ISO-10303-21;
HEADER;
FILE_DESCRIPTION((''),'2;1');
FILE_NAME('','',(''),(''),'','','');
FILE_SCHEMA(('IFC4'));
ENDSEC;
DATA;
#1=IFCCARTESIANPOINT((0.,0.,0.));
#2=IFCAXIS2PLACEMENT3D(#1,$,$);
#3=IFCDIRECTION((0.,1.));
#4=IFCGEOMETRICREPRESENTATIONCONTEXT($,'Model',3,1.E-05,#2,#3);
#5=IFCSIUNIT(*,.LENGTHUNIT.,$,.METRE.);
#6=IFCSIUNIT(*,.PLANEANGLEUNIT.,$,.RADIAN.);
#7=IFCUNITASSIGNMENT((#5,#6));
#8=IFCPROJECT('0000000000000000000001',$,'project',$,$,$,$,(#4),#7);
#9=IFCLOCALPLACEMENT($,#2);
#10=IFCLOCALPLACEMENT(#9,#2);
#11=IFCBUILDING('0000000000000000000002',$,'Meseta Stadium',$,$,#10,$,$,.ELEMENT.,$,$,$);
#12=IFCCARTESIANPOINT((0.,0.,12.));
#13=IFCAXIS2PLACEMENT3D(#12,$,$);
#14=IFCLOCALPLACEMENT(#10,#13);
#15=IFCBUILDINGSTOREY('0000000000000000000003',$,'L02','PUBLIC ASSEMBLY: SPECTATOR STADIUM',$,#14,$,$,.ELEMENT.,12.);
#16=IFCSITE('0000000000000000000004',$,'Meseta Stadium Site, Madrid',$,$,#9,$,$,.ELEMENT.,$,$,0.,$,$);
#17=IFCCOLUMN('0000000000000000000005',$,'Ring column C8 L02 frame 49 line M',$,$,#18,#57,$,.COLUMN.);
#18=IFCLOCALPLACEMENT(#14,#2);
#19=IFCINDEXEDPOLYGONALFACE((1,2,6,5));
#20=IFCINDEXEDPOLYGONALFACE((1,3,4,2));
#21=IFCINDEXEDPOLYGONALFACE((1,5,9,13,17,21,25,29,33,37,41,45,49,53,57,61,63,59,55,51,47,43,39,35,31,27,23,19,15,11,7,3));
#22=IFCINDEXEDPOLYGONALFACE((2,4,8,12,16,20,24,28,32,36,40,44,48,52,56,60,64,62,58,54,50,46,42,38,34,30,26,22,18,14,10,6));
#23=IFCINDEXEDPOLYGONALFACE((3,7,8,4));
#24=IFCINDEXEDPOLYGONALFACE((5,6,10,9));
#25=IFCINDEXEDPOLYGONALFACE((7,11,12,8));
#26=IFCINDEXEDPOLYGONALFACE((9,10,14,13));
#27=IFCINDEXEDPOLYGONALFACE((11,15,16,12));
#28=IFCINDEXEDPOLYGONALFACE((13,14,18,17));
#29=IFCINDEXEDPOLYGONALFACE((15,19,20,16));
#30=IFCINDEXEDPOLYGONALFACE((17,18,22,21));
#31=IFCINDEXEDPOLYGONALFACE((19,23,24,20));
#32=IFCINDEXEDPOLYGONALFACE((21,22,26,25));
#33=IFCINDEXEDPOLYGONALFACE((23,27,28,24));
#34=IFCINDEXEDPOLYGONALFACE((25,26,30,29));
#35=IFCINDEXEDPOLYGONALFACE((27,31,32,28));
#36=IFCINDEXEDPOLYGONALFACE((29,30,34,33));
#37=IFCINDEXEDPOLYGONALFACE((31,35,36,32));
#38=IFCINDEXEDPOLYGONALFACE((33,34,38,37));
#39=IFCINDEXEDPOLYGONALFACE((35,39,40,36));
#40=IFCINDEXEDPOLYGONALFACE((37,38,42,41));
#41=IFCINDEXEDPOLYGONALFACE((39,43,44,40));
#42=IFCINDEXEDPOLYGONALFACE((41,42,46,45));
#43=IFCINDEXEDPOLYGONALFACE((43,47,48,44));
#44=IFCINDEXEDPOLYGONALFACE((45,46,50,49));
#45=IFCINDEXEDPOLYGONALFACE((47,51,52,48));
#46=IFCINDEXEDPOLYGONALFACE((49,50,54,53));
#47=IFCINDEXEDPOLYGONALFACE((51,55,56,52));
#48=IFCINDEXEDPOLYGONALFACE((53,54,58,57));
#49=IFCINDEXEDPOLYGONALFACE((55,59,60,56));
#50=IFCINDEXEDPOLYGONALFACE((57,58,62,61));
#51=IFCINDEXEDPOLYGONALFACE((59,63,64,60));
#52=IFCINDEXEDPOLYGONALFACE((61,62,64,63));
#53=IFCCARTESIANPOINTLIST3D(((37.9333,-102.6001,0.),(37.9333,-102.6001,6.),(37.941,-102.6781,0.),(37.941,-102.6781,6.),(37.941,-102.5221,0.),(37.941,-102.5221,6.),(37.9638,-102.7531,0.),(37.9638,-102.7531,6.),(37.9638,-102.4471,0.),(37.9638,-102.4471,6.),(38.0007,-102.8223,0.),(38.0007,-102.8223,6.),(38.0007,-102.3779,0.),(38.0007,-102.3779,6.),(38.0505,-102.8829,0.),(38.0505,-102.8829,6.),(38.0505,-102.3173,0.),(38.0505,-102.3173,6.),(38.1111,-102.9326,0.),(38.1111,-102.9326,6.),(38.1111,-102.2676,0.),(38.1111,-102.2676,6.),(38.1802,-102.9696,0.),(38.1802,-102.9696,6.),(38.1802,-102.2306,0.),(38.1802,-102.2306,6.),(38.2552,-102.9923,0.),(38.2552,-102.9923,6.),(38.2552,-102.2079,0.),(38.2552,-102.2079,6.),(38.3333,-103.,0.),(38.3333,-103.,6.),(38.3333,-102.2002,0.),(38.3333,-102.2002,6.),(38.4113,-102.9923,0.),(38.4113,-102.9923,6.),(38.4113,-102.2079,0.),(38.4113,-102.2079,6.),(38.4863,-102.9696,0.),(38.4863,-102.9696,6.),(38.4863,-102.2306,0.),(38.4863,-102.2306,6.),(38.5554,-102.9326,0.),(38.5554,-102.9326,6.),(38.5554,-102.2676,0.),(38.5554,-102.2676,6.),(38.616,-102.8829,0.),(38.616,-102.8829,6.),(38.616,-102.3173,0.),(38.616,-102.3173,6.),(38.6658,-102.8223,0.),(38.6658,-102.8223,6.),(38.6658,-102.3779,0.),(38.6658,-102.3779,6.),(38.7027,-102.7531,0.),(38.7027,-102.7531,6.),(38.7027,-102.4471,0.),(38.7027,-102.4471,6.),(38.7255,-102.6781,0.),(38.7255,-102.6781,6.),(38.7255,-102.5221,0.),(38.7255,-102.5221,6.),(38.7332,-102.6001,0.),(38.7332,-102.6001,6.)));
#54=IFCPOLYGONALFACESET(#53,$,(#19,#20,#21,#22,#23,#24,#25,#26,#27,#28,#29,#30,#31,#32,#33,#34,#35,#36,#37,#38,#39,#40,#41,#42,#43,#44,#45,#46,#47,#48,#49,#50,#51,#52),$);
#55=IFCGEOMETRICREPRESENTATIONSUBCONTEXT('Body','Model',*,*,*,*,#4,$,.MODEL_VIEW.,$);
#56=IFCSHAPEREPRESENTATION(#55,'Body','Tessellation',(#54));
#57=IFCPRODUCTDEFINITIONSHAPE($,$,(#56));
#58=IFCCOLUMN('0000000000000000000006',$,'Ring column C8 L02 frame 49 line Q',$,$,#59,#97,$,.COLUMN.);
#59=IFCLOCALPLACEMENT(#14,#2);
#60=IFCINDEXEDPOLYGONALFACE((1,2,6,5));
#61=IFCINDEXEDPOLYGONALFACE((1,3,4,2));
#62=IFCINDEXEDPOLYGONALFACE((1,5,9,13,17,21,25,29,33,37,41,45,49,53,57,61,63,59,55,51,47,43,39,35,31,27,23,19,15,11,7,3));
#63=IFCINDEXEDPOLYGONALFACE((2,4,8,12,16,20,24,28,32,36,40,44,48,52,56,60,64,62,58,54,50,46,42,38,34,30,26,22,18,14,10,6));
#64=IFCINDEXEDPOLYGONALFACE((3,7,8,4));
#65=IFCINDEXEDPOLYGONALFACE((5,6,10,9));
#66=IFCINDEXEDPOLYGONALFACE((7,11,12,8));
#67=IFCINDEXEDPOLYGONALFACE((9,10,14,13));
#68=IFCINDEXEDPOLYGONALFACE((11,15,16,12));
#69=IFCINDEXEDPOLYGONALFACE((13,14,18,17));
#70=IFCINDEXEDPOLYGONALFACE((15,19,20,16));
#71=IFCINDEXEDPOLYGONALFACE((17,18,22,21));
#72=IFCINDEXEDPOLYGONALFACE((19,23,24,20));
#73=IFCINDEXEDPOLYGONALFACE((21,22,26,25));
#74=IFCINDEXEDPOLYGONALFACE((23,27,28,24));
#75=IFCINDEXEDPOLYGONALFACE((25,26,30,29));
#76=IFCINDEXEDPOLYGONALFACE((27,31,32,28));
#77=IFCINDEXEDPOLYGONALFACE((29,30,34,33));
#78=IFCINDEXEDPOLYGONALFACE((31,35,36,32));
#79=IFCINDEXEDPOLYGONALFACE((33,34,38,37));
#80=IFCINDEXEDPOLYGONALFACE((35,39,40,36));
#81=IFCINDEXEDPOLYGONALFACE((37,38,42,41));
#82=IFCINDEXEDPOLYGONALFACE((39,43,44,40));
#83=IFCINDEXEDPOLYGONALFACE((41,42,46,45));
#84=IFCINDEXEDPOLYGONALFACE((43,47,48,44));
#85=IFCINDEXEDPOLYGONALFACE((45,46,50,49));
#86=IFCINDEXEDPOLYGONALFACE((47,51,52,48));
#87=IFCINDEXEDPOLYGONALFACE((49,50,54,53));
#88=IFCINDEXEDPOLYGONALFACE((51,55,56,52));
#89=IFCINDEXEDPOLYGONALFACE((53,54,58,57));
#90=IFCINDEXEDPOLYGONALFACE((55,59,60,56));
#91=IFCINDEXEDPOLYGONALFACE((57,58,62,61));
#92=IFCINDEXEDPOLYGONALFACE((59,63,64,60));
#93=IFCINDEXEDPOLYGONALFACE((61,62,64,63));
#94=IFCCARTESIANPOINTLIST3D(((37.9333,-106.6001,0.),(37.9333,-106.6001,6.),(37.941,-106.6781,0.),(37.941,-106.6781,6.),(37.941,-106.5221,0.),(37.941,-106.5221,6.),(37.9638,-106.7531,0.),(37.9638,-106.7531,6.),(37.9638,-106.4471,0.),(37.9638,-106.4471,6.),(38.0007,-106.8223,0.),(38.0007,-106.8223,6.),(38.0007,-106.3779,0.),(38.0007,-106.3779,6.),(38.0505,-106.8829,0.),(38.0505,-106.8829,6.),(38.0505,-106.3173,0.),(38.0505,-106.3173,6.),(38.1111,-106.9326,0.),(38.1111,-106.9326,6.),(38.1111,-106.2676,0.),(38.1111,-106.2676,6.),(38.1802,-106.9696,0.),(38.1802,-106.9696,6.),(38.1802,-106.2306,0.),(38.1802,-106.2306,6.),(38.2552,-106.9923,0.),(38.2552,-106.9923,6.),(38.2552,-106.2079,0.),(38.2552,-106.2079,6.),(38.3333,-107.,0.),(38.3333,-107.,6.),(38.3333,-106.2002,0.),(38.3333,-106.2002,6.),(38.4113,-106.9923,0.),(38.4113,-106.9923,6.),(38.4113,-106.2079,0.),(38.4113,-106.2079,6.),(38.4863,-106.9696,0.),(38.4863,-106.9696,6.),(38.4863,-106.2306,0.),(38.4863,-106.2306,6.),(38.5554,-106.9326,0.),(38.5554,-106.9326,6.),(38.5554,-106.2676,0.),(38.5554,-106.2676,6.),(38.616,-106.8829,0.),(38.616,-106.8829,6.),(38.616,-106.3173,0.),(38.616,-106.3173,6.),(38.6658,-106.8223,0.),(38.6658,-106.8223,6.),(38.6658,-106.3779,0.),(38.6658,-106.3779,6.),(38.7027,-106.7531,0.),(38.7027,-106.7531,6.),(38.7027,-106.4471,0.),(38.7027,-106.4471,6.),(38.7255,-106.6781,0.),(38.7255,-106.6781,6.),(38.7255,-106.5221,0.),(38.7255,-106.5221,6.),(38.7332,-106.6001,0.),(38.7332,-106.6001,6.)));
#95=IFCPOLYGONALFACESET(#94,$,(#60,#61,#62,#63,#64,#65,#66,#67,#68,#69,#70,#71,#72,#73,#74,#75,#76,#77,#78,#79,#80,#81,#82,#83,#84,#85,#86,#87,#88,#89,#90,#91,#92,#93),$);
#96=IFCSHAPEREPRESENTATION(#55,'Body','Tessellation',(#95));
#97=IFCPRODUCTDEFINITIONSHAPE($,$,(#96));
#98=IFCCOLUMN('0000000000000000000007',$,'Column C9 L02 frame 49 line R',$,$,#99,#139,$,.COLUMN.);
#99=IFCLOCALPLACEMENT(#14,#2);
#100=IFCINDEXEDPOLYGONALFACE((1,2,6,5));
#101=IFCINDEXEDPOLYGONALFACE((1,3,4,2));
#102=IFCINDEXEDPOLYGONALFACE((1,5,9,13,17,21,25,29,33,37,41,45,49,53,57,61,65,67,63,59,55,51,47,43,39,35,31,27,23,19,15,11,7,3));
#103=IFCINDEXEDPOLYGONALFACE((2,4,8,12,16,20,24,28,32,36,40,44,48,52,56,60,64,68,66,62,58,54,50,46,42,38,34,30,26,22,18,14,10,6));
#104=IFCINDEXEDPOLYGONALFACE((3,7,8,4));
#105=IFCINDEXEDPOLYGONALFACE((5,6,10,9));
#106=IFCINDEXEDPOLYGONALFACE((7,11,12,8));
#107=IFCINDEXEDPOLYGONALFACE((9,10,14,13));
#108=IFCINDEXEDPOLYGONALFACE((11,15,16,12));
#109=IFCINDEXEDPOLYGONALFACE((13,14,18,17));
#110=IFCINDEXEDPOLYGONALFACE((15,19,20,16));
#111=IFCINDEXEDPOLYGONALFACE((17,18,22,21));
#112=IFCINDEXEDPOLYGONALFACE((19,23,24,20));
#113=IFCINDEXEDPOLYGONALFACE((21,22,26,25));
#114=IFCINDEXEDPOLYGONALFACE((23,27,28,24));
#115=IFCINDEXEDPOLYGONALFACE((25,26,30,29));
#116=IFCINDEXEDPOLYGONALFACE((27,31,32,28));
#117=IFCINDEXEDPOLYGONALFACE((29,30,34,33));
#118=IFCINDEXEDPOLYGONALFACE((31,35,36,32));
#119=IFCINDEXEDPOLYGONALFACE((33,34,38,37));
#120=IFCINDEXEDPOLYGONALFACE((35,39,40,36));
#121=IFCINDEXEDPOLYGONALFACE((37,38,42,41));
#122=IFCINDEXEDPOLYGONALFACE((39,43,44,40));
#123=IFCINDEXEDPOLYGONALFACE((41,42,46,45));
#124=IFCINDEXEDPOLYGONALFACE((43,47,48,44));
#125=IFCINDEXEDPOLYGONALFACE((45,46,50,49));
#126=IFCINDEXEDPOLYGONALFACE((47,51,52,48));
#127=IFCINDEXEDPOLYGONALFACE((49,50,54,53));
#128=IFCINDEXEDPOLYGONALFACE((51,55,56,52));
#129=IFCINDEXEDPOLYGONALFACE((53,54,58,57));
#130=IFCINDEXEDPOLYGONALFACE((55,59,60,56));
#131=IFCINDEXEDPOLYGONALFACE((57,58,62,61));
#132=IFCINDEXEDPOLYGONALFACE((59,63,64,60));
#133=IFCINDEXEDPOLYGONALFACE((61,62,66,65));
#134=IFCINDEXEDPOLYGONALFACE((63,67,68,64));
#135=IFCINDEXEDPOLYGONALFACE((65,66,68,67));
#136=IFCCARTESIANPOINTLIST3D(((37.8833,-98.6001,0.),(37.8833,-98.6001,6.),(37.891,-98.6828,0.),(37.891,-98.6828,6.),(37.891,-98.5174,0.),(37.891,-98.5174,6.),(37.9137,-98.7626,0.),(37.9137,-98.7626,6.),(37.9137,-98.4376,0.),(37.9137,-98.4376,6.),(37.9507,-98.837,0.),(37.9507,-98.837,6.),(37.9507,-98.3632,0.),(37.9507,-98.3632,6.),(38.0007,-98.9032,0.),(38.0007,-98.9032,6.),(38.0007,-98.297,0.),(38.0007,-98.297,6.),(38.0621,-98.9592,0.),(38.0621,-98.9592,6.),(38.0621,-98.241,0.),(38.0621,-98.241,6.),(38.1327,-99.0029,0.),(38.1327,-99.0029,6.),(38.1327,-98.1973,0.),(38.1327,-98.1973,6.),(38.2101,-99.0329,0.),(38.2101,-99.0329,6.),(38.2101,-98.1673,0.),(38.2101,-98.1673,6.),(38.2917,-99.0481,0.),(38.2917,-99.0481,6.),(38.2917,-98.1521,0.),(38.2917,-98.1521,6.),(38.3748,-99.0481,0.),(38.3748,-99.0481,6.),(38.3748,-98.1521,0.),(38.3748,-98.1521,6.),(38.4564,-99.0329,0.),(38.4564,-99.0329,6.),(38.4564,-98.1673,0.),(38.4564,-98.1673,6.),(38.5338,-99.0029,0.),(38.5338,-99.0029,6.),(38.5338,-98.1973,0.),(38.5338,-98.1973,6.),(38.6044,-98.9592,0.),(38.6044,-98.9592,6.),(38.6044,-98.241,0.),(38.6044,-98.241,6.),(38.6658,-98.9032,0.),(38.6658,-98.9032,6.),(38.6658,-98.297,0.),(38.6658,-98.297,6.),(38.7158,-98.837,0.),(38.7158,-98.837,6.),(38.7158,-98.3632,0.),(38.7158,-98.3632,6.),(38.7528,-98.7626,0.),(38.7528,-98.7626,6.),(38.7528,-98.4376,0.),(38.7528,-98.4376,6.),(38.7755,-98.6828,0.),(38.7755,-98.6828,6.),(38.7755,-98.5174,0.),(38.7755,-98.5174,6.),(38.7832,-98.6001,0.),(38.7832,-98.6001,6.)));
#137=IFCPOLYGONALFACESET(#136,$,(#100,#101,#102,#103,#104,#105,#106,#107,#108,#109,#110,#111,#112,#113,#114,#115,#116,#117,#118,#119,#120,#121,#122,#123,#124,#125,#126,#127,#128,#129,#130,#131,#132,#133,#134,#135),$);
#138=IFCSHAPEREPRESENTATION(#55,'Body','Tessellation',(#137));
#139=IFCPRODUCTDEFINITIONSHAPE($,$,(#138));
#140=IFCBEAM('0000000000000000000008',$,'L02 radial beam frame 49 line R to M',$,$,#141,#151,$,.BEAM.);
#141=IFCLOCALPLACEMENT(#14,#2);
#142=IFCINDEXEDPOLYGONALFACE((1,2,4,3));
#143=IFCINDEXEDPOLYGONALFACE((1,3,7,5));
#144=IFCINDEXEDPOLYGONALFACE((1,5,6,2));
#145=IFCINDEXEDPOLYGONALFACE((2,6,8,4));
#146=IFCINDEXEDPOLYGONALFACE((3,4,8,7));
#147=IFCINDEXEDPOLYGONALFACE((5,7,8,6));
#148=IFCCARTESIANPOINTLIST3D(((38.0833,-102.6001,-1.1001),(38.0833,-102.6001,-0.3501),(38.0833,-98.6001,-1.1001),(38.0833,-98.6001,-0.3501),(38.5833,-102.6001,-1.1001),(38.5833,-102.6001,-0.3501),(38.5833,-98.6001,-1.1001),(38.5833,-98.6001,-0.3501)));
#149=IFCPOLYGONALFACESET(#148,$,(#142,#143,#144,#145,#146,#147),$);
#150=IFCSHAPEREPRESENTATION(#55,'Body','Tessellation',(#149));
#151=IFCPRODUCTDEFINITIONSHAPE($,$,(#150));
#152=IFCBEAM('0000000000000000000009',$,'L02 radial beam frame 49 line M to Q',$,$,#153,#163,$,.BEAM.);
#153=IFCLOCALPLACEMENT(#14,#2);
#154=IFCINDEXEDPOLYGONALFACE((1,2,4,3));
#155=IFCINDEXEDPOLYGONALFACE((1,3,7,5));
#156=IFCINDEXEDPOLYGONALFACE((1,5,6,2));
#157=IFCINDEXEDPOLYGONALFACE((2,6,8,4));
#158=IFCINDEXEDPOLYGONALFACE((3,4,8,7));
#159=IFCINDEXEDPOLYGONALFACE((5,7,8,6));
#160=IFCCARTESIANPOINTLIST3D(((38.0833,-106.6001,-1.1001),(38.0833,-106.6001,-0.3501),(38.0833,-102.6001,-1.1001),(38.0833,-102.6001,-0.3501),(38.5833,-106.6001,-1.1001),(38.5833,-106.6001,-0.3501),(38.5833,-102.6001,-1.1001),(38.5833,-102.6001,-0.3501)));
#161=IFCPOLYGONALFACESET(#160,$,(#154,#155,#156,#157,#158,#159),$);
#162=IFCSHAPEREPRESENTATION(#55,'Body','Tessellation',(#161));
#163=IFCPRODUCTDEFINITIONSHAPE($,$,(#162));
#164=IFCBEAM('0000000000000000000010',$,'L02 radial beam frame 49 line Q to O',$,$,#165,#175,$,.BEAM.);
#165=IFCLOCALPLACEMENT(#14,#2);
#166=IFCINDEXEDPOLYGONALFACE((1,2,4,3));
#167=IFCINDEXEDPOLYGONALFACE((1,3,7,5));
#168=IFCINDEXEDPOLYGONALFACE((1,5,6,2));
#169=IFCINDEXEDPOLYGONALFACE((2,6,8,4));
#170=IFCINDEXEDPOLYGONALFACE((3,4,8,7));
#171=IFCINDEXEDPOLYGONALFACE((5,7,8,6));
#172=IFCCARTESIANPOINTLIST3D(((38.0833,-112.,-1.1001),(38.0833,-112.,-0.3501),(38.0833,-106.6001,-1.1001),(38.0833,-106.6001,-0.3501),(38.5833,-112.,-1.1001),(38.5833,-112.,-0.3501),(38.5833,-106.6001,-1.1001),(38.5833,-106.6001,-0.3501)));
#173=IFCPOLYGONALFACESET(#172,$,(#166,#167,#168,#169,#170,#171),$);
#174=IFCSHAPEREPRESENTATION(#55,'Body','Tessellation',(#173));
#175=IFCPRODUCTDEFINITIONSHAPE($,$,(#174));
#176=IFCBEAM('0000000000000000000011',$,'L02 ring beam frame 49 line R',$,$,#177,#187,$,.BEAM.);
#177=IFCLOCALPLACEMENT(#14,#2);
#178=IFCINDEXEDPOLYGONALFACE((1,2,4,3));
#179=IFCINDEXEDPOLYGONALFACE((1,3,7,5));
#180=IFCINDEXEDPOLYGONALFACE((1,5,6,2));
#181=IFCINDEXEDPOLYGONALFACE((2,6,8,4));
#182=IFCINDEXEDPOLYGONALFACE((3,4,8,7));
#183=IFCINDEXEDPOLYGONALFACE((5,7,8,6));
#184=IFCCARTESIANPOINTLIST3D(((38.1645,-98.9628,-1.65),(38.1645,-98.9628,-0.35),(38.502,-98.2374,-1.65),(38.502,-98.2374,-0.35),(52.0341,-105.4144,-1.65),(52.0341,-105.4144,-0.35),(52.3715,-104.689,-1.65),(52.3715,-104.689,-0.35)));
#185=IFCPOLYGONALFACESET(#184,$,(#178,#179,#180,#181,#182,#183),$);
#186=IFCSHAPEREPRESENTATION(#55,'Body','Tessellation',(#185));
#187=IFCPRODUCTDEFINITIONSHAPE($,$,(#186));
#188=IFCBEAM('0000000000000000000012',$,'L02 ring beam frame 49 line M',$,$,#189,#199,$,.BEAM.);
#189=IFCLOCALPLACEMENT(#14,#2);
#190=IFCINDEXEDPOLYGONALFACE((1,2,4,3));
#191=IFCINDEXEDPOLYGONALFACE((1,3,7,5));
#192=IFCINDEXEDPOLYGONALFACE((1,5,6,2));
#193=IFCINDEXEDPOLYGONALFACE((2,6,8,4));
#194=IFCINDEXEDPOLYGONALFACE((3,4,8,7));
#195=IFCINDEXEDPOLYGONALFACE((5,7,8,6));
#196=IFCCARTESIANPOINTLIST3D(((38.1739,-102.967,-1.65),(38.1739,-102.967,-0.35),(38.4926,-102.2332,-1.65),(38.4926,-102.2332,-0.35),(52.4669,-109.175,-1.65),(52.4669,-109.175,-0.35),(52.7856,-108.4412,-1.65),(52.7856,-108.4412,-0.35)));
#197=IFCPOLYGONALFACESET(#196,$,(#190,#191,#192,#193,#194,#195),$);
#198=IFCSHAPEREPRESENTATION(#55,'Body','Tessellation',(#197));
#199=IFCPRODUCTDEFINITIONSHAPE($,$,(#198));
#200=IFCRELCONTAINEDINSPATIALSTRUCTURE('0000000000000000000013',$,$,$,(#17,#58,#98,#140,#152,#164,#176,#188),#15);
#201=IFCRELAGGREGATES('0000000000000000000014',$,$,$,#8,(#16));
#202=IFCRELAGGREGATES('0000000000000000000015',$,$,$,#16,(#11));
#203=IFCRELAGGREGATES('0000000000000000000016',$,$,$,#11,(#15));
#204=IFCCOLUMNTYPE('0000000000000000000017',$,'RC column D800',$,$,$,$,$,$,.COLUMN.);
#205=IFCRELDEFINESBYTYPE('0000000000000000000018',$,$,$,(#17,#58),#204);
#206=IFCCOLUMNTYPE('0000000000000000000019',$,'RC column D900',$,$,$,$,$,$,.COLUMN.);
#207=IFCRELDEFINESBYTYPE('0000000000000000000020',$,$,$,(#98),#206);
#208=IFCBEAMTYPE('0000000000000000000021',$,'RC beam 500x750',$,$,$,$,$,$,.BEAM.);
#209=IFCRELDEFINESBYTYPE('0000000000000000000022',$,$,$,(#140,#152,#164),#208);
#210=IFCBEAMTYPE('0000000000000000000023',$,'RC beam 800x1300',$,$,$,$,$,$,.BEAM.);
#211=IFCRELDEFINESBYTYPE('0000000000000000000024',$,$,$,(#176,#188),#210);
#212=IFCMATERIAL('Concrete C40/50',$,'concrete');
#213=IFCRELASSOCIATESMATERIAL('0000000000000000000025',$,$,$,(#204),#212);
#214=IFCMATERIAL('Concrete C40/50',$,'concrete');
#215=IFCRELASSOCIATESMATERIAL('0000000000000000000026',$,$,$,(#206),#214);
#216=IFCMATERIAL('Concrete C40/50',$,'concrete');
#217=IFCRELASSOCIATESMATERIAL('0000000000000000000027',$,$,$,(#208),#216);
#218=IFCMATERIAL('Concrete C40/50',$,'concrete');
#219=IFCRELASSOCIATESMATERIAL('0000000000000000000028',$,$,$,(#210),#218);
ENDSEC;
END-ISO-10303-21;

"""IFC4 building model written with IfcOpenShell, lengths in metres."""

from ifc_helpers import new_model, si_unit, direction, frame, origin, origin_2d, place, context, subcontext, project, spatial, rectangle, circle, extrude, material, material_profile, profile_set, type_object, element, save


model = new_model("IFC4")

# Units and contexts
model_context = context("Model", 3, precision=1e-05, world=origin(), true_north=direction((0.0, 1.0)))
body_context = subcontext(model_context, "Body", "Model", "MODEL_VIEW")
ifc_project = project(units=[si_unit("LENGTHUNIT", "METRE"), si_unit("PLANEANGLEUNIT", "RADIAN")], contexts=[model_context])

# Site, building, storey
site_placement = place(None, origin())
site = spatial("IfcSite", under=ifc_project, at=site_placement, Name="Meseta Stadium Site, Madrid", CompositionType="ELEMENT", RefElevation=0.0)
building_placement = place(site_placement, origin())
building = spatial("IfcBuilding", under=site, at=building_placement, Name="Meseta Stadium", CompositionType="ELEMENT")
storey_placement = place(building_placement, frame((0.0, 0.0, 12.0)))
storey = spatial("IfcBuildingStorey", under=building, at=storey_placement, Name="L02", Description="PUBLIC ASSEMBLY: SPECTATOR STADIUM", CompositionType="ELEMENT", Elevation=12.0)

# Columns
ifc_material_1 = material(Name="Concrete C40/50", Category="concrete")
ifc_material_profile_1 = material_profile(ifc_material_1, circle(Radius=0.3999, at=origin_2d()), Name="RC D800")
ifc_profile_set_1 = profile_set([ifc_material_profile_1], Name="Concrete C40/50")
column_type_1 = type_object("IfcColumnType", Name="RC column D800", PredefinedType="COLUMN", material=ifc_profile_set_1)
for number, where, z_axis, x_axis, name in (
    (1, (38.3333, -102.6001, 0.0), (0.0, 0.0, 1.0), (1.0, 0.0, 0.0), "Ring column C8 L02 frame 49 line M"),
    (2, (38.3333, -106.6001, 0.0), (0.0, 0.0, 1.0), (1.0, 0.0, 0.0), "Ring column C8 L02 frame 49 line Q"),
):
    element("IfcColumn", number, at=place(storey_placement, frame(where, z_axis=z_axis, x_axis=x_axis)), inside=storey, type_object=column_type_1, Name=name, PredefinedType="COLUMN", context=body_context, shape_type="SweptSolid", body=[
        extrude(circle(Radius=0.3999, at=origin_2d()), origin(), (0.0, 0.0, 1.0), 6.0),
    ])
ifc_material_2 = material(Name="Concrete C40/50", Category="concrete")
ifc_material_profile_2 = material_profile(ifc_material_2, circle(Radius=0.45, at=origin_2d()), Name="RC D900")
ifc_profile_set_2 = profile_set([ifc_material_profile_2], Name="Concrete C40/50")
column_type_2 = type_object("IfcColumnType", Name="RC column D900", PredefinedType="COLUMN", material=ifc_profile_set_2)
column_placement = place(storey_placement, frame((38.3333, -98.6001, 0.0), z_axis=(0.0, 0.0, 1.0), x_axis=(1.0, 0.0, 0.0)))
element("IfcColumn", 3, at=column_placement, inside=storey, type_object=column_type_2, Name="Column C9 L02 frame 49 line R", PredefinedType="COLUMN", context=body_context, shape_type="SweptSolid", body=[
    extrude(circle(Radius=0.45, at=origin_2d()), origin(), (0.0, 0.0, 1.0), 6.0),
])

# Beams
ifc_material_3 = material(Name="Concrete C40/50", Category="concrete")
ifc_material_profile_3 = material_profile(ifc_material_3, rectangle(XDim=0.5, YDim=0.75, at=origin_2d()), Name="RC 500x750")
ifc_profile_set_3 = profile_set([ifc_material_profile_3], Name="Concrete C40/50")
beam_type_1 = type_object("IfcBeamType", Name="RC beam 500x750", PredefinedType="BEAM", material=ifc_profile_set_3)
for number, where, z_axis, x_axis, name in (
    (4, (38.3333, -98.6001, -0.7251), (0.0, -1.0, 0.0), (1.0, 0.0, 0.0), "L02 radial beam frame 49 line R to M"),
    (5, (38.3333, -102.6001, -0.7251), (0.0, -1.0, 0.0), (1.0, 0.0, 0.0), "L02 radial beam frame 49 line M to Q"),
):
    element("IfcBeam", number, at=place(storey_placement, frame(where, z_axis=z_axis, x_axis=x_axis)), inside=storey, type_object=beam_type_1, Name=name, PredefinedType="BEAM", context=body_context, shape_type="SweptSolid", body=[
        extrude(rectangle(XDim=0.5, YDim=0.75, at=origin_2d()), origin(), (0.0, 0.0, 1.0), 4.0),
    ])
beam_1_placement = place(storey_placement, frame((38.3333, -106.6001, -0.7251), z_axis=(0.0, -1.0, 0.0), x_axis=(1.0, 0.0, 0.0)))
element("IfcBeam", 6, at=beam_1_placement, inside=storey, type_object=beam_type_1, Name="L02 radial beam frame 49 line Q to O", PredefinedType="BEAM", context=body_context, shape_type="SweptSolid", body=[
    extrude(rectangle(XDim=0.5, YDim=0.75, at=origin_2d()), origin(), (0.0, 0.0, 1.0), 5.3999),
])
ifc_material_4 = material(Name="Concrete C40/50", Category="concrete")
ifc_material_profile_4 = material_profile(ifc_material_4, rectangle(XDim=0.8, YDim=1.3, at=origin_2d()), Name="RC 800x1300")
ifc_profile_set_4 = profile_set([ifc_material_profile_4], Name="Concrete C40/50")
beam_type_2 = type_object("IfcBeamType", Name="RC beam 800x1300", PredefinedType="BEAM", material=ifc_profile_set_4)
beam_2_placement = place(storey_placement, frame((38.3333, -98.6001, -1.0), z_axis=(0.906704, -0.421767, 0.0), x_axis=(0.421767, 0.906704, 0.0)))
element("IfcBeam", 7, at=beam_2_placement, inside=storey, type_object=beam_type_2, Name="L02 ring beam frame 49 line R", PredefinedType="BEAM", context=body_context, shape_type="SweptSolid", body=[
    extrude(rectangle(XDim=0.8, YDim=1.3, at=origin_2d()), origin(), (0.0, 0.0, 1.0), 15.2966),
])
beam_3_placement = place(storey_placement, frame((38.3333, -102.6001, -1.0), z_axis=(0.917218, -0.398385, 0.0), x_axis=(0.398385, 0.917218, 0.0)))
element("IfcBeam", 8, at=beam_3_placement, inside=storey, type_object=beam_type_2, Name="L02 ring beam frame 49 line M", PredefinedType="BEAM", context=body_context, shape_type="SweptSolid", body=[
    extrude(rectangle(XDim=0.8, YDim=1.3, at=origin_2d()), origin(), (0.0, 0.0, 1.0), 15.583),
])

save(model, "model.ifc")
